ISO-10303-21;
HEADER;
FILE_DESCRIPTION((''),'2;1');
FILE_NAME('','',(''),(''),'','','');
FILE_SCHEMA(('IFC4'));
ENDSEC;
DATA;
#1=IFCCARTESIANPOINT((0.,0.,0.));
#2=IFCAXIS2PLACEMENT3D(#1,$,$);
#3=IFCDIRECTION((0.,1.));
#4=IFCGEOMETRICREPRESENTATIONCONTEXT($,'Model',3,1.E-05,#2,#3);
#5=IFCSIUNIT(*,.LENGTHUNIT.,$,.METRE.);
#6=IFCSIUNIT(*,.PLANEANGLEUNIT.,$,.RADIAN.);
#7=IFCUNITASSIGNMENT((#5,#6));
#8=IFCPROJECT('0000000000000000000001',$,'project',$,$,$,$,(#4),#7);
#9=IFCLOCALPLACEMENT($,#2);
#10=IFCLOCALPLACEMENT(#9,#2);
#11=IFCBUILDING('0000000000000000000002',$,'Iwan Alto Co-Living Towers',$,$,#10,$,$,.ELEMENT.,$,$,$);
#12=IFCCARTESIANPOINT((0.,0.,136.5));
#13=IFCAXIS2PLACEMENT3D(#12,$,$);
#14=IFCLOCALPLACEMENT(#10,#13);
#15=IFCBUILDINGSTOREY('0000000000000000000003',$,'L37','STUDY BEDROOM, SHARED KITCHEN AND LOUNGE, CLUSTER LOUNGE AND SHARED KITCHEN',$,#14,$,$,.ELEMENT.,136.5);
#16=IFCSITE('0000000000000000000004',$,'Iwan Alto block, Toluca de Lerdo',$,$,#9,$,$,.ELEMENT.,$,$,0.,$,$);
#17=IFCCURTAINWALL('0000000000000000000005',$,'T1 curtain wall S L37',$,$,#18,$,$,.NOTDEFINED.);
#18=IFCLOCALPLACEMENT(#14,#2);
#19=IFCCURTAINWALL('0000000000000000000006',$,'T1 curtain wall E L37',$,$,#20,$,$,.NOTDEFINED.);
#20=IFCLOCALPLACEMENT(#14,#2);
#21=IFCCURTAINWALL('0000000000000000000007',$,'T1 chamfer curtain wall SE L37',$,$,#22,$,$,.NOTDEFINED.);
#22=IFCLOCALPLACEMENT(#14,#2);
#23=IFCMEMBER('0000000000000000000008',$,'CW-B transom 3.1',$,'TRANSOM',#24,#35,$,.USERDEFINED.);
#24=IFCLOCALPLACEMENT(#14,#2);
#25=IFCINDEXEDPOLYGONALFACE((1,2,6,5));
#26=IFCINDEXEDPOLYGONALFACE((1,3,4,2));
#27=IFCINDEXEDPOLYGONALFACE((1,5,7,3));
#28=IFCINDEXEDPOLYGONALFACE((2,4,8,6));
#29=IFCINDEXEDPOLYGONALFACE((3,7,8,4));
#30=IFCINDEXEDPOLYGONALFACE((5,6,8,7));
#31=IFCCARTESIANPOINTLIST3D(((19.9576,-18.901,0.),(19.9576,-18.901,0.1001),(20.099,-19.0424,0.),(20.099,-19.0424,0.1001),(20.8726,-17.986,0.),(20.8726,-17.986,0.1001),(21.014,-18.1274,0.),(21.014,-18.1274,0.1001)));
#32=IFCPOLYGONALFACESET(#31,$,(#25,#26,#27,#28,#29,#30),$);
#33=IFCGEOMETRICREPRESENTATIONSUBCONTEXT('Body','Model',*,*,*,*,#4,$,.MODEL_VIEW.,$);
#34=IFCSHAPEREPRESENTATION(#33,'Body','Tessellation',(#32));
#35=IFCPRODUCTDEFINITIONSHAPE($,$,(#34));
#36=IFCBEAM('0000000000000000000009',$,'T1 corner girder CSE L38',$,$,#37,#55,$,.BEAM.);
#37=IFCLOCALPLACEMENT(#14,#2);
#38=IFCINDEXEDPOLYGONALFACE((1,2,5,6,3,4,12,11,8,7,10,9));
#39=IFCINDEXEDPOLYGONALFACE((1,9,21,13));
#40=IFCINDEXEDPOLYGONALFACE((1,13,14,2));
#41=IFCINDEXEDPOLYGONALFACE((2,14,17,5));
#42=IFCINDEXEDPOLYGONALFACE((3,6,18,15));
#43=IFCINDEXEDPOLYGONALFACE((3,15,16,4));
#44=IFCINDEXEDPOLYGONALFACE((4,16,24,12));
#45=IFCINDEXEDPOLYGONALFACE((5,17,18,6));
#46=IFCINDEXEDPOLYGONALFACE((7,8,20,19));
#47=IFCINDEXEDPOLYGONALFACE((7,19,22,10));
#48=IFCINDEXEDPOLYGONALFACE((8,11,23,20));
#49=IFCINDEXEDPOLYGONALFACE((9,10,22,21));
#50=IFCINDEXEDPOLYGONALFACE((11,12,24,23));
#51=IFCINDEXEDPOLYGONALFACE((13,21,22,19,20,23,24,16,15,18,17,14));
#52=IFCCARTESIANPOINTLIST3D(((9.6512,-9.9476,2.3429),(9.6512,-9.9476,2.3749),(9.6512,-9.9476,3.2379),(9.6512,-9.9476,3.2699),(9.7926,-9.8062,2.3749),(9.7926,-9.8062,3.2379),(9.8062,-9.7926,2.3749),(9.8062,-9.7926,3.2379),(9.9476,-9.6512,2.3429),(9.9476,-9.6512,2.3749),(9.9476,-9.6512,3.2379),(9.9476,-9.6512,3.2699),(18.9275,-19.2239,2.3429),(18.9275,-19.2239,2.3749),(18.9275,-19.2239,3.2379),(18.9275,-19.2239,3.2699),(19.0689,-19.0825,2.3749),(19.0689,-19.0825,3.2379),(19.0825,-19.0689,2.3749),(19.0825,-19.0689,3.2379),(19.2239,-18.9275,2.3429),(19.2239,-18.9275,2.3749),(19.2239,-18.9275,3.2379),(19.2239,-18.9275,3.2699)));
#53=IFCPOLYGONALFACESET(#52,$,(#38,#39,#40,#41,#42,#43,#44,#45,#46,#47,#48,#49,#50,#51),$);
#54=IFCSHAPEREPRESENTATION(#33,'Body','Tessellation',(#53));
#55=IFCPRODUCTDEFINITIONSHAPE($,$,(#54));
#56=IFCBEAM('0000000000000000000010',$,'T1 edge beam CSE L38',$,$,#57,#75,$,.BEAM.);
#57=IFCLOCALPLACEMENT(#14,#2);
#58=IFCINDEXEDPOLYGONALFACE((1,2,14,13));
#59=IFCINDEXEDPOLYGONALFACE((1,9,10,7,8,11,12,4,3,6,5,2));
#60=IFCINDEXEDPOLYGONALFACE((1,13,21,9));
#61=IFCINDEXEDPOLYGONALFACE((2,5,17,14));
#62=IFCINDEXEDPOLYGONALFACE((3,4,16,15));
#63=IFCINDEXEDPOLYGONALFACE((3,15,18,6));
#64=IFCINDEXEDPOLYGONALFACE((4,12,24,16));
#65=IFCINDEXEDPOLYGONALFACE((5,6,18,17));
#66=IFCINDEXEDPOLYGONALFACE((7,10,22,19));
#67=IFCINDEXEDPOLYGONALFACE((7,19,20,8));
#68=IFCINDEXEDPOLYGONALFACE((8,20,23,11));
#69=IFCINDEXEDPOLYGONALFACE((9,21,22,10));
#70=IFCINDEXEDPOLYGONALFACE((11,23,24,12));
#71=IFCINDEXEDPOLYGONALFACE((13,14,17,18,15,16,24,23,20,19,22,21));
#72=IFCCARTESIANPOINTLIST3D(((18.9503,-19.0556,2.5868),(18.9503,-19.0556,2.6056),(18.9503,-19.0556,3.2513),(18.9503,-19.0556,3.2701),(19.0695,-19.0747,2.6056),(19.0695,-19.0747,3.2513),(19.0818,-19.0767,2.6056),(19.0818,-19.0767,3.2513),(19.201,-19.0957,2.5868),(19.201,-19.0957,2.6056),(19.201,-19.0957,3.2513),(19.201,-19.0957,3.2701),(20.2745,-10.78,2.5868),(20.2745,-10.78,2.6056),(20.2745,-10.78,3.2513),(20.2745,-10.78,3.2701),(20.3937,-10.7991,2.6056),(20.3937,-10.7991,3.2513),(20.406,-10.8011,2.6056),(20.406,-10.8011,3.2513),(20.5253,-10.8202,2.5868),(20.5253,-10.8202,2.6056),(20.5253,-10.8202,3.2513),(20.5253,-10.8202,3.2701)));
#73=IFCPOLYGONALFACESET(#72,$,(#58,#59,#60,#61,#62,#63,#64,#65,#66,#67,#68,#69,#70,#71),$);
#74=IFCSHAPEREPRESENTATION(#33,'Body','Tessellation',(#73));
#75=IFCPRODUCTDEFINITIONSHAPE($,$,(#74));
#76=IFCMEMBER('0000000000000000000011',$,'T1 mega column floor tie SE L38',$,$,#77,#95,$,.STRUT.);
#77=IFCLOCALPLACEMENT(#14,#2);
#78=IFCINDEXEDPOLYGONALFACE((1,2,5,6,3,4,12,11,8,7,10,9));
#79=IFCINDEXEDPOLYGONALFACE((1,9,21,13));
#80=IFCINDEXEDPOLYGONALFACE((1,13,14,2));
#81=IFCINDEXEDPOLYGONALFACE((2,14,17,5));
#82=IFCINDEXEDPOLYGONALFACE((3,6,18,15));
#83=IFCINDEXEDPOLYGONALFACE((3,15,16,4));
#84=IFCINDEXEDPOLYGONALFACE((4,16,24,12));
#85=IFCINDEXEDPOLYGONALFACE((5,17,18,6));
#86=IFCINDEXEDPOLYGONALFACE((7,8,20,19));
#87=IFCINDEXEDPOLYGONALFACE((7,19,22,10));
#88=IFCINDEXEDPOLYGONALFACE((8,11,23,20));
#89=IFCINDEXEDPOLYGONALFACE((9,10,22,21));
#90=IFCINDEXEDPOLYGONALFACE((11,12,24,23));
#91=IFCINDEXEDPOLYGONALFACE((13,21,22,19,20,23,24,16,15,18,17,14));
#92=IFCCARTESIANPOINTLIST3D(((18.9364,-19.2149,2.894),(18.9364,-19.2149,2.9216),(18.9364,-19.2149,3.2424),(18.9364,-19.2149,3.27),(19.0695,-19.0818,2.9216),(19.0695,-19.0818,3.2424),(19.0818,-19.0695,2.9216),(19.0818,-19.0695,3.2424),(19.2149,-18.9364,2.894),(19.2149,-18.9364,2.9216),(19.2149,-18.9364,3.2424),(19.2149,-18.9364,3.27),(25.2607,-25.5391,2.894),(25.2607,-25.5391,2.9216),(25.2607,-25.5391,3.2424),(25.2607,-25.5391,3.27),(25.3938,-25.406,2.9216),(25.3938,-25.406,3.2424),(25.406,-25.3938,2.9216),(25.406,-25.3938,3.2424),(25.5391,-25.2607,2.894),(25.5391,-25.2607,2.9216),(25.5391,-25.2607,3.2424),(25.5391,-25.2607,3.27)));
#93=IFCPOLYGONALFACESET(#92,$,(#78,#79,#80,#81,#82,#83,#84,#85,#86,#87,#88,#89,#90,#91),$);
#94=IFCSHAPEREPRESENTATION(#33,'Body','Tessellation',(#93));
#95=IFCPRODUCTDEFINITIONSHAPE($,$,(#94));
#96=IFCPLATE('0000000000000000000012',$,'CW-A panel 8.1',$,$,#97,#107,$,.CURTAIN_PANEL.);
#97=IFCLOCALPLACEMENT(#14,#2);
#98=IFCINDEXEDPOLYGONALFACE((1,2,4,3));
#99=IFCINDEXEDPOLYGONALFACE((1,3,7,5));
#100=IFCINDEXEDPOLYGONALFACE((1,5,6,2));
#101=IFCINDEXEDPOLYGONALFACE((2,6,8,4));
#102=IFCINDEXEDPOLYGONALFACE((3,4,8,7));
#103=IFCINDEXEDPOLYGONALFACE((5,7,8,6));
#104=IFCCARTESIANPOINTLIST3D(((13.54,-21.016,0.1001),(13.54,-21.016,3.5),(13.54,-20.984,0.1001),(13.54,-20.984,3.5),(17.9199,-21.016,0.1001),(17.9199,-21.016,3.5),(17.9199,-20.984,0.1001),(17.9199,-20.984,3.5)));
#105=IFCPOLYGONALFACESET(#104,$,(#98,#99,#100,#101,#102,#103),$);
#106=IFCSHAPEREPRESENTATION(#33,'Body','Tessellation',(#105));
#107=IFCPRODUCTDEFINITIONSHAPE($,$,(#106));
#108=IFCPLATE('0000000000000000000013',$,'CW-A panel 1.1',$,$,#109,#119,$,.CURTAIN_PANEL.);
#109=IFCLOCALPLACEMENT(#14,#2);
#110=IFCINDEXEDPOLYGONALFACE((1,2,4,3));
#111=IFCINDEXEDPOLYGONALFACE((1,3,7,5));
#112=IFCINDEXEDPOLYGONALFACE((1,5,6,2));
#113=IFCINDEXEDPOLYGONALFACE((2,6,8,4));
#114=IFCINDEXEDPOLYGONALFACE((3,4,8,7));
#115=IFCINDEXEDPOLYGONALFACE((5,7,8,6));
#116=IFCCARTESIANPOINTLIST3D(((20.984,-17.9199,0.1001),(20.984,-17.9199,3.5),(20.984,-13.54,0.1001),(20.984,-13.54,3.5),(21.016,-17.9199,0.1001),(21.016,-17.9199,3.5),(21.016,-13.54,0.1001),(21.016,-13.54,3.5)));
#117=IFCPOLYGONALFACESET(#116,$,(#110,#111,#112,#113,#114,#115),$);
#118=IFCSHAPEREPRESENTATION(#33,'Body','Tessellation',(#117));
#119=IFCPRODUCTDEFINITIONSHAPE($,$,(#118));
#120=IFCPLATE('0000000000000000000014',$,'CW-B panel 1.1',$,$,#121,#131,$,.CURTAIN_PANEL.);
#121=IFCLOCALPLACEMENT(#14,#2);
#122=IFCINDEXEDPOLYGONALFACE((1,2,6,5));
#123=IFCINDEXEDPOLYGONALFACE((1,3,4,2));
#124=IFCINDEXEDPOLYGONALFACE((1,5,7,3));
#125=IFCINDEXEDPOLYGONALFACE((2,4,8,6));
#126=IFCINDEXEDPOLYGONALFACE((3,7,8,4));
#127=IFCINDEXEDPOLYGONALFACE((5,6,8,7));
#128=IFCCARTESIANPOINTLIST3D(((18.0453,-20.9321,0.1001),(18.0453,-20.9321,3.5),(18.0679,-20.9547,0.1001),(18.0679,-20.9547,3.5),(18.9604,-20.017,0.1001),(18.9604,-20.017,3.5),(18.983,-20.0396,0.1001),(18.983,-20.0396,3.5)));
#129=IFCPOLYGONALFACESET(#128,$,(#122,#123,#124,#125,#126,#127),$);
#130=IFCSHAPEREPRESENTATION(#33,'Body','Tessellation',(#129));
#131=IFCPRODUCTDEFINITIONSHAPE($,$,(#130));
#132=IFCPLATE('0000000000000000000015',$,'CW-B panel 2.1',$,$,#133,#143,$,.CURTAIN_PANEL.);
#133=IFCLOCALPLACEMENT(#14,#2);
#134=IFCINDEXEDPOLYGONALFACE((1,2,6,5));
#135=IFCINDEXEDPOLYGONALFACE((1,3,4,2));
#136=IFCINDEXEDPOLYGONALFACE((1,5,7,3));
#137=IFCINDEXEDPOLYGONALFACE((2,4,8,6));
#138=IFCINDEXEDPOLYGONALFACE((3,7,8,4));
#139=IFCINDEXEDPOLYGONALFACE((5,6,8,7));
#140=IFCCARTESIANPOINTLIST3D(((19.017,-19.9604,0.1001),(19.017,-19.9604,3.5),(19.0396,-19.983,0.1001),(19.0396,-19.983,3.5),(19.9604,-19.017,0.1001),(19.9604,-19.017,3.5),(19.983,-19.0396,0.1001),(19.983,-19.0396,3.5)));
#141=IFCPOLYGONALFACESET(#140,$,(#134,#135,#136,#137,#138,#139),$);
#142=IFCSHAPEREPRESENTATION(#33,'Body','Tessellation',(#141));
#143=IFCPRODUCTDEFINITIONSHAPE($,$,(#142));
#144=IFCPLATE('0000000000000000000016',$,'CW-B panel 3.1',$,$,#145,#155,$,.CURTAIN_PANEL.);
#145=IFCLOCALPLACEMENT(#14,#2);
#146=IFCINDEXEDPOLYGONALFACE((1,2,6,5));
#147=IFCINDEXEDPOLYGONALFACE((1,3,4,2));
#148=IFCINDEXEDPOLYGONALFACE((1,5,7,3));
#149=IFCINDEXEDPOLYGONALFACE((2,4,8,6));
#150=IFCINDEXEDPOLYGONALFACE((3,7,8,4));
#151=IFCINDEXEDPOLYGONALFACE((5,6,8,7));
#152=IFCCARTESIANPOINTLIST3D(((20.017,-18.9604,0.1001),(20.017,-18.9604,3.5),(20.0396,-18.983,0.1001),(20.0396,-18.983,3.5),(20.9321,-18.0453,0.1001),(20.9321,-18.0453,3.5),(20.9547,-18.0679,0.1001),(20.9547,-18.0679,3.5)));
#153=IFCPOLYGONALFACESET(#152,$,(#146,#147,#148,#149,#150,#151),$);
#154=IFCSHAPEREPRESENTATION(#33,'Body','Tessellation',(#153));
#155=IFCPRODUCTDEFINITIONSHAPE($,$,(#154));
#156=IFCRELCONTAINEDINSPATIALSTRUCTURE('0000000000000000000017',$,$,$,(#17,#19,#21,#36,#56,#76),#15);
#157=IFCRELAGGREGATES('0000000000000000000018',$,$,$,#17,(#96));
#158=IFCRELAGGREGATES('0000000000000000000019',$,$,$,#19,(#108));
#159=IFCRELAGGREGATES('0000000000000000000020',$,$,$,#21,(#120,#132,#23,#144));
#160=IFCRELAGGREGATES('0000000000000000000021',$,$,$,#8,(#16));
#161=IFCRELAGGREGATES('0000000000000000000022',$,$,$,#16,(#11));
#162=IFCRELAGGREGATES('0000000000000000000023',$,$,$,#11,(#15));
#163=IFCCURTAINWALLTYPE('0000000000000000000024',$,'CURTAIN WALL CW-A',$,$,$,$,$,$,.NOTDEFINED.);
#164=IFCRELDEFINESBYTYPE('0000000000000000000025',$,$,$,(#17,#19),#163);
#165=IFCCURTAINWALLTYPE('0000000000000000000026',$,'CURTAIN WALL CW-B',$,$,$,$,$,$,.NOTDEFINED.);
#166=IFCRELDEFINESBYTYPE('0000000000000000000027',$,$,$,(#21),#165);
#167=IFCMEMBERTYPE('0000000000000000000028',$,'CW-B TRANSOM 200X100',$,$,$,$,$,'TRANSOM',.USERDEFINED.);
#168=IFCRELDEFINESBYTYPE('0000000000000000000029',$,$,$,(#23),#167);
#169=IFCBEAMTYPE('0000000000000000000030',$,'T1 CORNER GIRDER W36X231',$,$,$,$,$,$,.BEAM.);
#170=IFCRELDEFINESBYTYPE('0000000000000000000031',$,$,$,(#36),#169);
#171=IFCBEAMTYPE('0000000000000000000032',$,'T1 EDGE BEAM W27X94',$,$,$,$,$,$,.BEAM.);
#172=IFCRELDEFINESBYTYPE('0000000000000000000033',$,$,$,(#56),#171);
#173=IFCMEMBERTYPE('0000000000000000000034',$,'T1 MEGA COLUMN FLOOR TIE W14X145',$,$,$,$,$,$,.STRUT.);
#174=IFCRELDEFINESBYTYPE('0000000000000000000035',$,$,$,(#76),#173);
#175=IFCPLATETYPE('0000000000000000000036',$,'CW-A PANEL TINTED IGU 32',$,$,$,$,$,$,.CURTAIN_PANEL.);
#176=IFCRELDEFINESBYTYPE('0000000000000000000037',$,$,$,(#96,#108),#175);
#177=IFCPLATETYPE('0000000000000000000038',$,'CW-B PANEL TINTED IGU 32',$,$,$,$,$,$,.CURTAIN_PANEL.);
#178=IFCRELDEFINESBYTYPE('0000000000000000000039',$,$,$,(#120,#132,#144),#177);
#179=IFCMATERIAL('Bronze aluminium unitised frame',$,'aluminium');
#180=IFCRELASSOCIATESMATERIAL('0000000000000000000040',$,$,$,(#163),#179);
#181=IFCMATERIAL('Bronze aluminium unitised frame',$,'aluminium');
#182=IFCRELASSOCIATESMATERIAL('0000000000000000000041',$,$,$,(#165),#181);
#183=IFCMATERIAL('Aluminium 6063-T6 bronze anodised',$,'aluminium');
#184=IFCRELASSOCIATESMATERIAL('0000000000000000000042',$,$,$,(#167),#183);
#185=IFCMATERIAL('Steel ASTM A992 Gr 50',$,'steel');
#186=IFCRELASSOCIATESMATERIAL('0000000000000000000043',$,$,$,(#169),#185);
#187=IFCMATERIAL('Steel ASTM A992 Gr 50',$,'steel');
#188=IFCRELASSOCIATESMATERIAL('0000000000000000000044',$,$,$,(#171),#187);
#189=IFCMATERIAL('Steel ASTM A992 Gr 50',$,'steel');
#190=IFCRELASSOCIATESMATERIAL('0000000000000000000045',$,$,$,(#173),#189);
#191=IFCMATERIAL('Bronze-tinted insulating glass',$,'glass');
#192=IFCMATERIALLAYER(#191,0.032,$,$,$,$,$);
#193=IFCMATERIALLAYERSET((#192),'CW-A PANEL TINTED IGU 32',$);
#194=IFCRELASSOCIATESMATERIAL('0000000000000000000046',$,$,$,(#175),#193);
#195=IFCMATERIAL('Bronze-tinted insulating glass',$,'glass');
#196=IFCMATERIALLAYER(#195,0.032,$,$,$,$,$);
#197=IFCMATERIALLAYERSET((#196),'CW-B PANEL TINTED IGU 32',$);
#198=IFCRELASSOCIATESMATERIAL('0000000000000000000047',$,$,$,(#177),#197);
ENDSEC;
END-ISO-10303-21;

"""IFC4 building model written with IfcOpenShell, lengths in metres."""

from ifc_helpers import new_model, si_unit, direction, frame, origin, origin_2d, place, context, subcontext, project, spatial, rectangle, i_section, extrude, material, layer, layer_set, material_profile, profile_set, type_object, element, aggregate, save


model = new_model("IFC4")

# Units and contexts
model_context = context("Model", 3, precision=1e-05, world=origin(), true_north=direction((0.0, 1.0)))
body_context = subcontext(model_context, "Body", "Model", "MODEL_VIEW")
ifc_project = project(units=[si_unit("LENGTHUNIT", "METRE"), si_unit("PLANEANGLEUNIT", "RADIAN")], contexts=[model_context])

# Site, building, storey
site_placement = place(None, origin())
site = spatial("IfcSite", under=ifc_project, at=site_placement, Name="Iwan Alto block, Toluca de Lerdo", CompositionType="ELEMENT", RefElevation=0.0)
building_placement = place(site_placement, origin())
building = spatial("IfcBuilding", under=site, at=building_placement, Name="Iwan Alto Co-Living Towers", CompositionType="ELEMENT")
storey_placement = place(building_placement, frame((0.0, 0.0, 136.5)))
storey = spatial("IfcBuildingStorey", under=building, at=storey_placement, Name="L37", Description="STUDY BEDROOM, SHARED KITCHEN AND LOUNGE, CLUSTER LOUNGE AND SHARED KITCHEN", CompositionType="ELEMENT", Elevation=136.5)

# Curtain walls
ifc_material_1 = material(Name="Bronze aluminium unitised frame", Category="aluminium")
curtain_wall_type_1 = type_object("IfcCurtainWallType", Name="CURTAIN WALL CW-A", PredefinedType="NOTDEFINED", material=ifc_material_1)
curtain_wall_1_placement = place(storey_placement, origin())
curtain_wall_1 = element("IfcCurtainWall", 1, at=curtain_wall_1_placement, inside=storey, type_object=curtain_wall_type_1, Name="T1 curtain wall S L37", PredefinedType="NOTDEFINED")
curtain_wall_2_placement = place(storey_placement, origin())
curtain_wall_2 = element("IfcCurtainWall", 2, at=curtain_wall_2_placement, inside=storey, type_object=curtain_wall_type_1, Name="T1 curtain wall E L37", PredefinedType="NOTDEFINED")

# Curtain wall, member
ifc_material_2 = material(Name="Bronze aluminium unitised frame", Category="aluminium")
curtain_wall_type_2 = type_object("IfcCurtainWallType", Name="CURTAIN WALL CW-B", PredefinedType="NOTDEFINED", material=ifc_material_2)
curtain_wall_3_placement = place(storey_placement, origin())
curtain_wall_3 = element("IfcCurtainWall", 3, at=curtain_wall_3_placement, inside=storey, type_object=curtain_wall_type_2, Name="T1 chamfer curtain wall SE L37", PredefinedType="NOTDEFINED")
ifc_material_3 = material(Name="Aluminium 6063-T6 bronze anodised", Category="aluminium")
ifc_material_profile_1 = material_profile(ifc_material_3, rectangle(XDim=0.2, YDim=0.1001, at=origin_2d()), Name="AL 200X100")
ifc_profile_set_1 = profile_set([ifc_material_profile_1], Name="Aluminium 6063-T6 bronze anodised")
member_type_1 = type_object("IfcMemberType", Name="CW-B TRANSOM 200X100", ElementType="TRANSOM", PredefinedType="USERDEFINED", material=ifc_profile_set_1)
member_1_placement = place(storey_placement, frame((20.0283, -18.9717, 0.05), z_axis=(0.707107, 0.707107, 0.0), x_axis=(-0.707107, 0.707107, 0.0)))
member_1 = element("IfcMember", 4, at=member_1_placement, type_object=member_type_1, Name="CW-B transom 3.1", ObjectType="TRANSOM", PredefinedType="USERDEFINED", context=body_context, shape_type="SweptSolid", body=[
    extrude(rectangle(XDim=0.2, YDim=0.1001, at=origin_2d()), origin(), (0.0, 0.0, 1.0), 1.2939),
])

# Beams
ifc_material_4 = material(Name="Steel ASTM A992 Gr 50", Category="steel")
ifc_material_profile_2 = material_profile(ifc_material_4, i_section(OverallWidth=0.4192, OverallDepth=0.927, WebThickness=0.0193, FlangeThickness=0.032, at=origin_2d()), Name="W36X231")
ifc_profile_set_2 = profile_set([ifc_material_profile_2], Name="Steel ASTM A992 Gr 50")
beam_type_1 = type_object("IfcBeamType", Name="T1 CORNER GIRDER W36X231", PredefinedType="BEAM", material=ifc_profile_set_2)
beam_1_placement = place(storey_placement, frame((19.0757, -19.0757, 2.8064), z_axis=(-0.707107, 0.707107, 0.0), x_axis=(-0.707107, -0.707107, 0.0)))
element("IfcBeam", 5, at=beam_1_placement, inside=storey, type_object=beam_type_1, Name="T1 corner girder CSE L38", PredefinedType="BEAM", context=body_context, shape_type="SweptSolid", body=[
    extrude(i_section(OverallWidth=0.4192, OverallDepth=0.927, WebThickness=0.0193, FlangeThickness=0.032, at=origin_2d()), origin(), (0.0, 0.0, 1.0), 13.1187),
])
ifc_material_5 = material(Name="Steel ASTM A992 Gr 50", Category="steel")
ifc_material_profile_3 = material_profile(ifc_material_5, i_section(OverallWidth=0.2539, OverallDepth=0.6833, WebThickness=0.0125, FlangeThickness=0.0188, at=origin_2d()), Name="W27X94")
ifc_profile_set_3 = profile_set([ifc_material_profile_3], Name="Steel ASTM A992 Gr 50")
beam_type_2 = type_object("IfcBeamType", Name="T1 EDGE BEAM W27X94", PredefinedType="BEAM", material=ifc_profile_set_3)
beam_2_placement = place(storey_placement, frame((19.0757, -19.0757, 2.9285), z_axis=(0.158004, 0.987438, 0.0), x_axis=(-0.987438, 0.158004, 0.0)))
element("IfcBeam", 6, at=beam_2_placement, inside=storey, type_object=beam_type_2, Name="T1 edge beam CSE L38", PredefinedType="BEAM", context=body_context, shape_type="SweptSolid", body=[
    extrude(i_section(OverallWidth=0.2539, OverallDepth=0.6833, WebThickness=0.0125, FlangeThickness=0.0188, at=origin_2d()), origin(), (0.0, 0.0, 1.0), 8.3809),
])

# Member
ifc_material_6 = material(Name="Steel ASTM A992 Gr 50", Category="steel")
ifc_material_profile_4 = material_profile(ifc_material_6, i_section(OverallWidth=0.3938, OverallDepth=0.376, WebThickness=0.0173, FlangeThickness=0.0276, at=origin_2d()), Name="W14X145")
ifc_profile_set_4 = profile_set([ifc_material_profile_4], Name="Steel ASTM A992 Gr 50")
member_type_2 = type_object("IfcMemberType", Name="T1 MEGA COLUMN FLOOR TIE W14X145", PredefinedType="STRUT", material=ifc_profile_set_4)
member_2_placement = place(storey_placement, frame((25.3999, -25.3999, 3.082), z_axis=(-0.707107, 0.707107, 0.0), x_axis=(-0.707107, -0.707107, 0.0)))
element("IfcMember", 7, at=member_2_placement, inside=storey, type_object=member_type_2, Name="T1 mega column floor tie SE L38", PredefinedType="STRUT", context=body_context, shape_type="SweptSolid", body=[
    extrude(i_section(OverallWidth=0.3938, OverallDepth=0.376, WebThickness=0.0173, FlangeThickness=0.0276, at=origin_2d()), origin(), (0.0, 0.0, 1.0), 8.9438),
])

# Plates
ifc_material_7 = material(Name="Bronze-tinted insulating glass", Category="glass")
ifc_layer_1 = layer(ifc_material_7, 0.032)
ifc_layer_set_1 = layer_set([ifc_layer_1], Name="CW-A PANEL TINTED IGU 32")
plate_type_1 = type_object("IfcPlateType", Name="CW-A PANEL TINTED IGU 32", PredefinedType="CURTAIN_PANEL", material=ifc_layer_set_1)
plate_1_placement = place(storey_placement, frame((15.73, -21.0, 0.1001), z_axis=(0.0, 0.0, 1.0), x_axis=(1.0, 0.0, 0.0)))
plate_1 = element("IfcPlate", 8, at=plate_1_placement, type_object=plate_type_1, Name="CW-A panel 8.1", PredefinedType="CURTAIN_PANEL", context=body_context, shape_type="SweptSolid", body=[
    extrude(rectangle(XDim=4.3799, YDim=0.032, at=origin_2d()), origin(), (0.0, 0.0, 1.0), 3.3999),
])
aggregate(curtain_wall_1, [plate_1])
plate_2_placement = place(storey_placement, frame((21.0, -15.73, 0.1001), z_axis=(0.0, 0.0, 1.0), x_axis=(0.0, 1.0, 0.0)))
plate_2 = element("IfcPlate", 9, at=plate_2_placement, type_object=plate_type_1, Name="CW-A panel 1.1", PredefinedType="CURTAIN_PANEL", context=body_context, shape_type="SweptSolid", body=[
    extrude(rectangle(XDim=4.3799, YDim=0.032, at=origin_2d()), origin(), (0.0, 0.0, 1.0), 3.3999),
])
aggregate(curtain_wall_2, [plate_2])
ifc_material_8 = material(Name="Bronze-tinted insulating glass", Category="glass")
ifc_layer_2 = layer(ifc_material_8, 0.032)
ifc_layer_set_2 = layer_set([ifc_layer_2], Name="CW-B PANEL TINTED IGU 32")
plate_type_2 = type_object("IfcPlateType", Name="CW-B PANEL TINTED IGU 32", PredefinedType="CURTAIN_PANEL", material=ifc_layer_set_2)
plate_3_placement = place(storey_placement, frame((18.5142, -20.4858, 0.1001), z_axis=(0.0, 0.0, 1.0), x_axis=(0.707107, 0.707107, 0.0)))
plate_3 = element("IfcPlate", 10, at=plate_3_placement, type_object=plate_type_2, Name="CW-B panel 1.1", PredefinedType="CURTAIN_PANEL", context=body_context, shape_type="SweptSolid", body=[
    extrude(rectangle(XDim=1.2942, YDim=0.032, at=origin_2d()), origin(), (0.0, 0.0, 1.0), 3.3999),
])
plate_4_placement = place(storey_placement, frame((19.5, -19.5, 0.1001), z_axis=(0.0, 0.0, 1.0), x_axis=(0.707107, 0.707107, 0.0)))
plate_4 = element("IfcPlate", 11, at=plate_4_placement, type_object=plate_type_2, Name="CW-B panel 2.1", PredefinedType="CURTAIN_PANEL", context=body_context, shape_type="SweptSolid", body=[
    extrude(rectangle(XDim=1.3342, YDim=0.032, at=origin_2d()), origin(), (0.0, 0.0, 1.0), 3.3999),
])
plate_5_placement = place(storey_placement, frame((20.4858, -18.5142, 0.1001), z_axis=(0.0, 0.0, 1.0), x_axis=(0.707107, 0.707107, 0.0)))
plate_5 = element("IfcPlate", 12, at=plate_5_placement, type_object=plate_type_2, Name="CW-B panel 3.1", PredefinedType="CURTAIN_PANEL", context=body_context, shape_type="SweptSolid", body=[
    extrude(rectangle(XDim=1.2942, YDim=0.032, at=origin_2d()), origin(), (0.0, 0.0, 1.0), 3.3999),
])
aggregate(curtain_wall_3, [plate_3, plate_4, member_1, plate_5])

save(model, "model.ifc")
